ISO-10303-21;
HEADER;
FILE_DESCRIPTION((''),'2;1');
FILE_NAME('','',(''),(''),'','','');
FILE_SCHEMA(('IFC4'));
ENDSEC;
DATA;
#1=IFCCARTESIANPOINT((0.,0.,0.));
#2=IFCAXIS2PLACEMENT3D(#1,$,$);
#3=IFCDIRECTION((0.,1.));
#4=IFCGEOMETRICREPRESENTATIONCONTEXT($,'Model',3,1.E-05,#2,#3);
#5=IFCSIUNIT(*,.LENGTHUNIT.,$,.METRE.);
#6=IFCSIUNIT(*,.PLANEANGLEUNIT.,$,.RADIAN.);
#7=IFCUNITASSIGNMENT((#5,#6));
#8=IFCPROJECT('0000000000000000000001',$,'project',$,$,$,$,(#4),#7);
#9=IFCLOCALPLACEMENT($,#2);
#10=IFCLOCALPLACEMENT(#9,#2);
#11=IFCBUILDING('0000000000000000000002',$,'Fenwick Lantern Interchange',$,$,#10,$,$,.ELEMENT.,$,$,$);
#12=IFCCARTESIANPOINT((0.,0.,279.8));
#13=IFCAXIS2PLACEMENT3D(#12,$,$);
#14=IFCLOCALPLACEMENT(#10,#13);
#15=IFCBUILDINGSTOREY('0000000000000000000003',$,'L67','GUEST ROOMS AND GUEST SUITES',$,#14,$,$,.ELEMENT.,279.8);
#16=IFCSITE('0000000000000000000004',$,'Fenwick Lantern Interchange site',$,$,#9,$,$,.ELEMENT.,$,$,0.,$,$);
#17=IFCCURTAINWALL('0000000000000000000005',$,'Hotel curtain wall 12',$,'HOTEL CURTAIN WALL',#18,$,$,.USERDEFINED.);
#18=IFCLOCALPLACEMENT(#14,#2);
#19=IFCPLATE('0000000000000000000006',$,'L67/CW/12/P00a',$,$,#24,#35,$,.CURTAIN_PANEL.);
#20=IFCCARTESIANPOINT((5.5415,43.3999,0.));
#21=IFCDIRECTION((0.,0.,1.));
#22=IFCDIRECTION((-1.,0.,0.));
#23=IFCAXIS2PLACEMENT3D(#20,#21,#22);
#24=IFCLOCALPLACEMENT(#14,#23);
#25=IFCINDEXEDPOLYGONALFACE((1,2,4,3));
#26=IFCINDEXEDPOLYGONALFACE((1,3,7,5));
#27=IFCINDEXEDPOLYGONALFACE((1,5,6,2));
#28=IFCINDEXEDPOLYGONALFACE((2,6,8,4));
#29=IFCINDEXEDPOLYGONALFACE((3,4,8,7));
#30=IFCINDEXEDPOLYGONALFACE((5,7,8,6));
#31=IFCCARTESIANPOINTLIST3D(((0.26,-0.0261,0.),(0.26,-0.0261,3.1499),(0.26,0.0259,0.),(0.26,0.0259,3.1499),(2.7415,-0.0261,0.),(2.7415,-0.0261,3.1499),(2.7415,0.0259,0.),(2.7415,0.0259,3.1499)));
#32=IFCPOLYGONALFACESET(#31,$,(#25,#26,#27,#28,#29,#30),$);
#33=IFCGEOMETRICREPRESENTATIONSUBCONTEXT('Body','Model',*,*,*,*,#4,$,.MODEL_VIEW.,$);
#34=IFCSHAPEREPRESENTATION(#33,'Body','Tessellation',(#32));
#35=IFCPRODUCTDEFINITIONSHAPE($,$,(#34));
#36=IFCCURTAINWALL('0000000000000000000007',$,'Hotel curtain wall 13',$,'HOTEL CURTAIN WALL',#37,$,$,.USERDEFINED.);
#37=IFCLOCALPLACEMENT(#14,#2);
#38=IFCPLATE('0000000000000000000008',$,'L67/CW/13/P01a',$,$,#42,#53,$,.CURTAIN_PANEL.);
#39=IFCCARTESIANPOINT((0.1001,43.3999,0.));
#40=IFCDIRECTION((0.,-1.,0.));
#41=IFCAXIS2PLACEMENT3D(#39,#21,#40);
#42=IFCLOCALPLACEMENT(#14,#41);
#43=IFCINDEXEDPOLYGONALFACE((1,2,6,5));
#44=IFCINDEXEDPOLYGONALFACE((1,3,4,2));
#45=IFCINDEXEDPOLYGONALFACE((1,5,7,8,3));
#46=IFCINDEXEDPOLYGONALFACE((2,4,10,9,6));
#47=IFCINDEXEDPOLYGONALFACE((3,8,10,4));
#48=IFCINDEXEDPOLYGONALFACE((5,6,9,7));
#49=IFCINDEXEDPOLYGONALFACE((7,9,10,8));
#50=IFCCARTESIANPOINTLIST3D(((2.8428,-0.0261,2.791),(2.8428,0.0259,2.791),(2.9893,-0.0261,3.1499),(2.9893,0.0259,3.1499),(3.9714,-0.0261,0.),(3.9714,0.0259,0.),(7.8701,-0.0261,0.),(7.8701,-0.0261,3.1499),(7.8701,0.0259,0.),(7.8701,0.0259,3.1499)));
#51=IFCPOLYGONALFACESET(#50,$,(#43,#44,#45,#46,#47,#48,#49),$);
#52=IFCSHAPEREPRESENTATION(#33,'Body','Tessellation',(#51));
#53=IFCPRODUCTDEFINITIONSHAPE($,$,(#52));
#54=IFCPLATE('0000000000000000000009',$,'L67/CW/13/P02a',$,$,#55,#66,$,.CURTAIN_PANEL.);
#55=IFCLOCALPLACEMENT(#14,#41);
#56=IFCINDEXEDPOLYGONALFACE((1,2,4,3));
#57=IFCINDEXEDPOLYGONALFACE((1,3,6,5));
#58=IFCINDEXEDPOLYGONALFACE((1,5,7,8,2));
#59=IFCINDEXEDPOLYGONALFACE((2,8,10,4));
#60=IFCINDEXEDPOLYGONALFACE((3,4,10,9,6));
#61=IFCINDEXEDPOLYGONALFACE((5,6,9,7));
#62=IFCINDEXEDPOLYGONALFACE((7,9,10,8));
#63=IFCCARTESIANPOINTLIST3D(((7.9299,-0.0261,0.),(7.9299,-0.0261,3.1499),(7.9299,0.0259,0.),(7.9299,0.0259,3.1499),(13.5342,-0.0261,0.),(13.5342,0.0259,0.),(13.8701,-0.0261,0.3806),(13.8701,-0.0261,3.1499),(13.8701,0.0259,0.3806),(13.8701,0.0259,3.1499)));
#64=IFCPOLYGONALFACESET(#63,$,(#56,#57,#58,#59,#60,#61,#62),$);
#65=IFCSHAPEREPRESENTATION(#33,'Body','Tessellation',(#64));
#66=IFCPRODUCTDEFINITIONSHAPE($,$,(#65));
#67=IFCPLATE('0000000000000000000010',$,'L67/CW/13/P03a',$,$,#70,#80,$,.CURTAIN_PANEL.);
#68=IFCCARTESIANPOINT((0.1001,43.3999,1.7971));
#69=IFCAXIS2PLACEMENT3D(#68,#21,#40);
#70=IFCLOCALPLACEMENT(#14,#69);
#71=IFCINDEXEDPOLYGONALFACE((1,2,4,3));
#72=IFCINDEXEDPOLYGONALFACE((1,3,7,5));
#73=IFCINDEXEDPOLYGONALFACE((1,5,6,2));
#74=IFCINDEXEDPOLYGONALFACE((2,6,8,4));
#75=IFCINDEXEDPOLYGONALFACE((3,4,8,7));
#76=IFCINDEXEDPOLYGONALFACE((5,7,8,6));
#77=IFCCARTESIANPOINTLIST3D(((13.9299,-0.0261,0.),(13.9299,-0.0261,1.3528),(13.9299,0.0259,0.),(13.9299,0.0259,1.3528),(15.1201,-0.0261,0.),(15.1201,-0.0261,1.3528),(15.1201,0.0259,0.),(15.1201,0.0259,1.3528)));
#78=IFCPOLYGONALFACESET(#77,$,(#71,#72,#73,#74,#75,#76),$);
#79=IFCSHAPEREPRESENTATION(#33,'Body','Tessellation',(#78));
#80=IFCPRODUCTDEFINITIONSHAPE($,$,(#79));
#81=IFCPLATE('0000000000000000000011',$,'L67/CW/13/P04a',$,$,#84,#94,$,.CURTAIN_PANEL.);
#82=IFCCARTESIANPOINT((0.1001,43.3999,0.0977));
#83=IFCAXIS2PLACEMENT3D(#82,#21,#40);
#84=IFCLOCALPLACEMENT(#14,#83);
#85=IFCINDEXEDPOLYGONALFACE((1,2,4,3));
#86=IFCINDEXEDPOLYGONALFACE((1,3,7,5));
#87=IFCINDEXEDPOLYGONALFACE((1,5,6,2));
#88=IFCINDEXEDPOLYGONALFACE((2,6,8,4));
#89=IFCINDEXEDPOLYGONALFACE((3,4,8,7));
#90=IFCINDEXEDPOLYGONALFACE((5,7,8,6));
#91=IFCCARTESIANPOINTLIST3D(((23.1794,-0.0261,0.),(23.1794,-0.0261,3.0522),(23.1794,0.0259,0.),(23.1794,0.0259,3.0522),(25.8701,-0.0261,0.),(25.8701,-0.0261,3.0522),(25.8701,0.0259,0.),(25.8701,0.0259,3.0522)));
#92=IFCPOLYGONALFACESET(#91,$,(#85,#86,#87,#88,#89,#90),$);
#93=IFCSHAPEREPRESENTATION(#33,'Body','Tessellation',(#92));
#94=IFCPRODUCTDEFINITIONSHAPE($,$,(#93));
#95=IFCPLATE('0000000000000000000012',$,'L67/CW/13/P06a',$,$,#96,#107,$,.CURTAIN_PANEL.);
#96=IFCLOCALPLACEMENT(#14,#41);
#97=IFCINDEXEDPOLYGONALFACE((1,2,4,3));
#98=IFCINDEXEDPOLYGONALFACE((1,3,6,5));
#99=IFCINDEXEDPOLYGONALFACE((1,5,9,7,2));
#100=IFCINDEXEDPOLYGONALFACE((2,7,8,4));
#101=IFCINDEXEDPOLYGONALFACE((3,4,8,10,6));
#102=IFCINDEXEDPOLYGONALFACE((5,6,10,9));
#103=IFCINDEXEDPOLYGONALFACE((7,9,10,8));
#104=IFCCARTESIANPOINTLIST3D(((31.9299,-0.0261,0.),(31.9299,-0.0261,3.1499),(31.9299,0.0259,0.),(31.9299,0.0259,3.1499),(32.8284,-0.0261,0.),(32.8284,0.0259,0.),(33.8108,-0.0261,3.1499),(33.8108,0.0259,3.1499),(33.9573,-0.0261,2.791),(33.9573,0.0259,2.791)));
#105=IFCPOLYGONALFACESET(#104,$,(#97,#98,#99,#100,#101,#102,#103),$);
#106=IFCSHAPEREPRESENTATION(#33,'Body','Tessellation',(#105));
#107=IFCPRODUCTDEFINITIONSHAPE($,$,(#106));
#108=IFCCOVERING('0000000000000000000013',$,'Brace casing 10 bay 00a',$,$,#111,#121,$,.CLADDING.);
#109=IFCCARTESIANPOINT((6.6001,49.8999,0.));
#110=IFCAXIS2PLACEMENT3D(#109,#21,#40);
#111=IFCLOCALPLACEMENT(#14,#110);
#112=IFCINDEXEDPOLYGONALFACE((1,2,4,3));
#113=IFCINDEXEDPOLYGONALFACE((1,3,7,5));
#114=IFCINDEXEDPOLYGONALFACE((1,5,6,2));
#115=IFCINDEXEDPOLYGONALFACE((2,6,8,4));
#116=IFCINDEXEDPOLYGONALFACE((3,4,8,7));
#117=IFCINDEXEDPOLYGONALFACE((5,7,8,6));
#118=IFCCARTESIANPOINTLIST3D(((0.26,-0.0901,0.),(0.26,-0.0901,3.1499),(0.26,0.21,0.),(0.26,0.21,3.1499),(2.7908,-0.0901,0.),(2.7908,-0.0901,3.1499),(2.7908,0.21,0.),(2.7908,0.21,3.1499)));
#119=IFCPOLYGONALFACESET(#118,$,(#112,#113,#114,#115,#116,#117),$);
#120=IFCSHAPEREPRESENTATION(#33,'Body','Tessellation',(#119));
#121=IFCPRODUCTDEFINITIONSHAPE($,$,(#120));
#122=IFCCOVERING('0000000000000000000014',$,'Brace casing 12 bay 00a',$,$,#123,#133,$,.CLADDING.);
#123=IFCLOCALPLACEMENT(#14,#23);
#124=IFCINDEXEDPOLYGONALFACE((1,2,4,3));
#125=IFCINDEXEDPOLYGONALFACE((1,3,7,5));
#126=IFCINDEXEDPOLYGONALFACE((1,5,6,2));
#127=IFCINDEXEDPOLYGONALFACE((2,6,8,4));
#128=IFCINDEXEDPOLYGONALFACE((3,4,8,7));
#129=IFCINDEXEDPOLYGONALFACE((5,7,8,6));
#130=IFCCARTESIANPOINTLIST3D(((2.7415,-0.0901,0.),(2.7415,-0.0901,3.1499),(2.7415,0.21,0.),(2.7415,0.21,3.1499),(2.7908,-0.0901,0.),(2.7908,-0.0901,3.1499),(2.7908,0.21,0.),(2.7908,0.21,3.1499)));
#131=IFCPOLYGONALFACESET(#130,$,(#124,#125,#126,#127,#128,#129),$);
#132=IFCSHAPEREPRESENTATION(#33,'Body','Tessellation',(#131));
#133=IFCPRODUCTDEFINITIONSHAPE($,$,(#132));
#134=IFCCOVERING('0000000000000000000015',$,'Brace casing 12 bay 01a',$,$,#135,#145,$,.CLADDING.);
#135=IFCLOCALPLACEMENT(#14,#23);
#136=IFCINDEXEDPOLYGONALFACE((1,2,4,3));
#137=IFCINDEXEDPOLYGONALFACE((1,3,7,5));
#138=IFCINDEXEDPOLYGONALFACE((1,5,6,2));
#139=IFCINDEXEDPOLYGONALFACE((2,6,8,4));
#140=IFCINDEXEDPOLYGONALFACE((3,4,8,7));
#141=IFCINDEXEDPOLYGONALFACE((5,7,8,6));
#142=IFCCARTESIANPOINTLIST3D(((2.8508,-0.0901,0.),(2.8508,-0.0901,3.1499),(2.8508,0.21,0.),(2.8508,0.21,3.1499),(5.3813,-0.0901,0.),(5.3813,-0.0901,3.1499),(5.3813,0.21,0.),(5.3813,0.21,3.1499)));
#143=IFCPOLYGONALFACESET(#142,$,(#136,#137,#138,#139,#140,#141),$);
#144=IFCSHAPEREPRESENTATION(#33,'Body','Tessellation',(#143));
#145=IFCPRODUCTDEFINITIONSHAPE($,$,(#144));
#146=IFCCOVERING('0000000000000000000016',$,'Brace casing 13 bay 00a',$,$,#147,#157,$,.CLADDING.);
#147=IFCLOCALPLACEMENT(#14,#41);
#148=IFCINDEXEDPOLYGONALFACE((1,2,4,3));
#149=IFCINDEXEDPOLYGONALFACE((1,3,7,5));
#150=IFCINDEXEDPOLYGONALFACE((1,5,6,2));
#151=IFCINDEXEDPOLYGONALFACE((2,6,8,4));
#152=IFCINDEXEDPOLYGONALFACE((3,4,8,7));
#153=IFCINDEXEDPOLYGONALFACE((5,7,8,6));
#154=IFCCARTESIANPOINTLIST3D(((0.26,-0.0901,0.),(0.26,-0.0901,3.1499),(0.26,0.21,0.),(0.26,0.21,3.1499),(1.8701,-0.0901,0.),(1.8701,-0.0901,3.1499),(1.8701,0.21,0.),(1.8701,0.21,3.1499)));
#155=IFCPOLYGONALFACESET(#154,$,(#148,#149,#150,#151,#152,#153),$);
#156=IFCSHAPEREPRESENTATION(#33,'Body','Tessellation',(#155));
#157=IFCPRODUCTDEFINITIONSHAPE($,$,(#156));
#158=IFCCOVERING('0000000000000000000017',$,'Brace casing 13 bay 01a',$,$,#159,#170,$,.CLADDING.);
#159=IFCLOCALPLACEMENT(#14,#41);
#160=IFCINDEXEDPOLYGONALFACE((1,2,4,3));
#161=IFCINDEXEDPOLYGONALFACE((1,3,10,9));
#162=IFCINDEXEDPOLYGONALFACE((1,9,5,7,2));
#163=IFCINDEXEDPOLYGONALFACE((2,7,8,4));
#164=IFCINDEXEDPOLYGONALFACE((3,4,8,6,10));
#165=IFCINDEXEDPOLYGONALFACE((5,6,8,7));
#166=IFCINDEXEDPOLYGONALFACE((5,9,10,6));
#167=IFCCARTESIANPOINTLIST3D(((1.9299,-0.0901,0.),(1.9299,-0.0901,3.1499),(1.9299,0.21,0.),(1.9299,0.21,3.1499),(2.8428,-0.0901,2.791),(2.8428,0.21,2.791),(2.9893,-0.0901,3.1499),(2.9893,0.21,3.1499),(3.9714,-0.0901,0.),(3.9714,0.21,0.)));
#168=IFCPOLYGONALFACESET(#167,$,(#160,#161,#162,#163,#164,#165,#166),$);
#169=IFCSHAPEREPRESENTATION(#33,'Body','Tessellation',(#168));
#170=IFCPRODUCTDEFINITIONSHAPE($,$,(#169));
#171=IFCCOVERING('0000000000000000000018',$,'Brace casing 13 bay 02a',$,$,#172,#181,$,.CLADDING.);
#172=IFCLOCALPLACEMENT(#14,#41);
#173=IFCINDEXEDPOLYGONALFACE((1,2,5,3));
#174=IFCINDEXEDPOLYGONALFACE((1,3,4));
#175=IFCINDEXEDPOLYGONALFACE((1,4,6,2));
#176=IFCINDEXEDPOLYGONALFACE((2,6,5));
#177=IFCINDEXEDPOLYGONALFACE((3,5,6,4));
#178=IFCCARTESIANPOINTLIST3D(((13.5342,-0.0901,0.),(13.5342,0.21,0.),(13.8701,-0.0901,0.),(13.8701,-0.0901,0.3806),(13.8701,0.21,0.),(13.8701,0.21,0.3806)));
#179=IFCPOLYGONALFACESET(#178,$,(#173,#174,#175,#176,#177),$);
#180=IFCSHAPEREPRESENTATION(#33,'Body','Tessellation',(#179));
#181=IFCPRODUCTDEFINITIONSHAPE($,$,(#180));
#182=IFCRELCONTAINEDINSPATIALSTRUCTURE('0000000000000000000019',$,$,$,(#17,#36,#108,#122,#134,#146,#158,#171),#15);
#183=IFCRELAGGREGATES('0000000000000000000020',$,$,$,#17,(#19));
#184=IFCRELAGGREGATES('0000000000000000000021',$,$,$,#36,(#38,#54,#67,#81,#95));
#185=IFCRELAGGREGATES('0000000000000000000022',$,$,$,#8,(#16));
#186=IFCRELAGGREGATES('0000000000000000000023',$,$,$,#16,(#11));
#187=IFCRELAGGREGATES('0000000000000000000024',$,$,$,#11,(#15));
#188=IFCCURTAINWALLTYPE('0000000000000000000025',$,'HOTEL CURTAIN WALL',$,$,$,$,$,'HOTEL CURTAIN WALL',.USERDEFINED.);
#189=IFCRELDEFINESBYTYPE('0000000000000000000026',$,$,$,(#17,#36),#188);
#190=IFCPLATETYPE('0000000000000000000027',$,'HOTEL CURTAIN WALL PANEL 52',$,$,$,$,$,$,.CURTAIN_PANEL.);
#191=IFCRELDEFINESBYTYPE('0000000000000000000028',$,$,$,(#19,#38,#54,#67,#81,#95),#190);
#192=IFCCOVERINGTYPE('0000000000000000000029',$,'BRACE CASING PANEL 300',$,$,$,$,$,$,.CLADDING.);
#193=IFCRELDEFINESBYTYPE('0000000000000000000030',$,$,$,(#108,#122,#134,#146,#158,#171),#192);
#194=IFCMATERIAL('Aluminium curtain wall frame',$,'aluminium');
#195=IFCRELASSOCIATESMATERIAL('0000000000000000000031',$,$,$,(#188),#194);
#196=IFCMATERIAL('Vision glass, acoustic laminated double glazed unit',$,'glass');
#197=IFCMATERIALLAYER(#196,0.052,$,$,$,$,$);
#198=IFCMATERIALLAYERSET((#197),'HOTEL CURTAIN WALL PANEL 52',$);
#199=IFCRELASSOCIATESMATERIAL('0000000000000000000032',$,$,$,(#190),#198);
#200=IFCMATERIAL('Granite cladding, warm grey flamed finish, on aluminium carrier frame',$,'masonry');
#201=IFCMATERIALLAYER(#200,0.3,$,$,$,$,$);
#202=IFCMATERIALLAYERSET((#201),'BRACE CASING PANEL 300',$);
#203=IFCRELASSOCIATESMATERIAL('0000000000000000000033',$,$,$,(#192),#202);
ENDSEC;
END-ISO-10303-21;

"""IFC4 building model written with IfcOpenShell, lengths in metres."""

from ifc_helpers import new_model, si_unit, direction, frame, origin, place, context, subcontext, project, spatial, polyline, outline, extrude, material, layer, layer_set, type_object, element, aggregate, save


model = new_model("IFC4")

# Units and contexts
model_context = context("Model", 3, precision=1e-05, world=origin(), true_north=direction((0.0, 1.0)))
body_context = subcontext(model_context, "Body", "Model", "MODEL_VIEW")
ifc_project = project(units=[si_unit("LENGTHUNIT", "METRE"), si_unit("PLANEANGLEUNIT", "RADIAN")], contexts=[model_context])

# Site, building, storey
site_placement = place(None, origin())
site = spatial("IfcSite", under=ifc_project, at=site_placement, Name="Fenwick Lantern Interchange site", CompositionType="ELEMENT", RefElevation=0.0)
building_placement = place(site_placement, origin())
building = spatial("IfcBuilding", under=site, at=building_placement, Name="Fenwick Lantern Interchange", CompositionType="ELEMENT")
storey_placement = place(building_placement, frame((0.0, 0.0, 279.8)))
storey = spatial("IfcBuildingStorey", under=building, at=storey_placement, Name="L67", Description="GUEST ROOMS AND GUEST SUITES", CompositionType="ELEMENT", Elevation=279.8)

# Shared definitions
ifc_material_1 = material(Name="Aluminium curtain wall frame", Category="aluminium")
curtain_wall_type = type_object("IfcCurtainWallType", Name="HOTEL CURTAIN WALL", ElementType="HOTEL CURTAIN WALL", PredefinedType="USERDEFINED", material=ifc_material_1)

# Curtain wall
curtain_wall_1_placement = place(storey_placement, origin())
curtain_wall_1 = element("IfcCurtainWall", 1, at=curtain_wall_1_placement, inside=storey, type_object=curtain_wall_type, Name="Hotel curtain wall 12", ObjectType="HOTEL CURTAIN WALL", PredefinedType="USERDEFINED")

# Plate
ifc_material_2 = material(Name="Vision glass, acoustic laminated double glazed unit", Category="glass")
ifc_layer_1 = layer(ifc_material_2, 0.052)
ifc_layer_set_1 = layer_set([ifc_layer_1], Name="HOTEL CURTAIN WALL PANEL 52")
plate_type = type_object("IfcPlateType", Name="HOTEL CURTAIN WALL PANEL 52", PredefinedType="CURTAIN_PANEL", material=ifc_layer_set_1)
plate_1_placement = place(storey_placement, frame((5.5415, 43.3999, 0.0), z_axis=(0.0, 0.0, 1.0), x_axis=(-1.0, 0.0, 0.0)))
plate_1 = element("IfcPlate", 2, at=plate_1_placement, type_object=plate_type, Name="L67/CW/12/P00a", PredefinedType="CURTAIN_PANEL", context=body_context, shape_type="SweptSolid", body=[
    extrude(outline(polyline([(0.26, 0.0), (2.7415, 0.0), (2.7415, 3.1499), (0.26, 3.1499), (0.26, 0.0)])), frame((0.0, 0.0259, 0.0), z_axis=(0.0, -1.0, 0.0), x_axis=(1.0, 0.0, 0.0)), (0.0, 0.0, 1.0), 0.052),
])
aggregate(curtain_wall_1, [plate_1])

# Curtain wall, plates
curtain_wall_2_placement = place(storey_placement, origin())
curtain_wall_2 = element("IfcCurtainWall", 3, at=curtain_wall_2_placement, inside=storey, type_object=curtain_wall_type, Name="Hotel curtain wall 13", ObjectType="HOTEL CURTAIN WALL", PredefinedType="USERDEFINED")
plate_2_placement = place(storey_placement, frame((0.1001, 43.3999, 0.0), z_axis=(0.0, 0.0, 1.0), x_axis=(0.0, -1.0, 0.0)))
plate_2 = element("IfcPlate", 4, at=plate_2_placement, type_object=plate_type, Name="L67/CW/13/P01a", PredefinedType="CURTAIN_PANEL", context=body_context, shape_type="SweptSolid", body=[
    extrude(outline(polyline([(3.9714, 0.0), (7.8701, 0.0), (7.8701, 3.1499), (2.9893, 3.1499), (2.8428, 2.791), (3.9714, 0.0)])), frame((0.0, 0.0259, 0.0), z_axis=(0.0, -1.0, 0.0), x_axis=(1.0, 0.0, 0.0)), (0.0, 0.0, 1.0), 0.052),
])
plate_3_placement = place(storey_placement, frame((0.1001, 43.3999, 0.0), z_axis=(0.0, 0.0, 1.0), x_axis=(0.0, -1.0, 0.0)))
plate_3 = element("IfcPlate", 5, at=plate_3_placement, type_object=plate_type, Name="L67/CW/13/P02a", PredefinedType="CURTAIN_PANEL", context=body_context, shape_type="SweptSolid", body=[
    extrude(outline(polyline([(7.9299, 0.0), (13.5342, 0.0), (13.8701, 0.3806), (13.8701, 3.1499), (7.9299, 3.1499), (7.9299, 0.0)])), frame((0.0, 0.0259, 0.0), z_axis=(0.0, -1.0, 0.0), x_axis=(1.0, 0.0, 0.0)), (0.0, 0.0, 1.0), 0.052),
])
plate_4_placement = place(storey_placement, frame((0.1001, 43.3999, 1.7971), z_axis=(0.0, 0.0, 1.0), x_axis=(0.0, -1.0, 0.0)))
plate_4 = element("IfcPlate", 6, at=plate_4_placement, type_object=plate_type, Name="L67/CW/13/P03a", PredefinedType="CURTAIN_PANEL", context=body_context, shape_type="SweptSolid", body=[
    extrude(outline(polyline([(13.9299, 0.0), (15.1201, 0.0), (15.1201, 1.3528), (13.9299, 1.3528), (13.9299, 0.0)])), frame((0.0, 0.0259, 0.0), z_axis=(0.0, -1.0, 0.0), x_axis=(1.0, 0.0, 0.0)), (0.0, 0.0, 1.0), 0.052),
])
plate_5_placement = place(storey_placement, frame((0.1001, 43.3999, 0.0977), z_axis=(0.0, 0.0, 1.0), x_axis=(0.0, -1.0, 0.0)))
plate_5 = element("IfcPlate", 7, at=plate_5_placement, type_object=plate_type, Name="L67/CW/13/P04a", PredefinedType="CURTAIN_PANEL", context=body_context, shape_type="SweptSolid", body=[
    extrude(outline(polyline([(23.1794, 0.0), (25.8701, 0.0), (25.8701, 3.0522), (23.1794, 3.0522), (23.1794, 0.0)])), frame((0.0, 0.0259, 0.0), z_axis=(0.0, -1.0, 0.0), x_axis=(1.0, 0.0, 0.0)), (0.0, 0.0, 1.0), 0.052),
])
plate_6_placement = place(storey_placement, frame((0.1001, 43.3999, 0.0), z_axis=(0.0, 0.0, 1.0), x_axis=(0.0, -1.0, 0.0)))
plate_6 = element("IfcPlate", 8, at=plate_6_placement, type_object=plate_type, Name="L67/CW/13/P06a", PredefinedType="CURTAIN_PANEL", context=body_context, shape_type="SweptSolid", body=[
    extrude(outline(polyline([(31.9299, 0.0), (32.8284, 0.0), (33.9573, 2.791), (33.8108, 3.1499), (31.9299, 3.1499), (31.9299, 0.0)])), frame((0.0, 0.0259, 0.0), z_axis=(0.0, -1.0, 0.0), x_axis=(1.0, 0.0, 0.0)), (0.0, 0.0, 1.0), 0.052),
])
aggregate(curtain_wall_2, [plate_2, plate_3, plate_4, plate_5, plate_6])

# Coverings
ifc_material_3 = material(Name="Granite cladding, warm grey flamed finish, on aluminium carrier frame", Category="masonry")
ifc_layer_2 = layer(ifc_material_3, 0.3)
ifc_layer_set_2 = layer_set([ifc_layer_2], Name="BRACE CASING PANEL 300")
covering_type = type_object("IfcCoveringType", Name="BRACE CASING PANEL 300", PredefinedType="CLADDING", material=ifc_layer_set_2)
covering_1_placement = place(storey_placement, frame((6.6001, 49.8999, 0.0), z_axis=(0.0, 0.0, 1.0), x_axis=(0.0, -1.0, 0.0)))
element("IfcCovering", 9, at=covering_1_placement, inside=storey, type_object=covering_type, Name="Brace casing 10 bay 00a", PredefinedType="CLADDING", context=body_context, shape_type="SweptSolid", body=[
    extrude(outline(polyline([(0.26, 0.0), (2.7908, 0.0), (2.7908, 3.1499), (0.26, 3.1499), (0.26, 0.0)])), frame((0.0, 0.21, 0.0), z_axis=(0.0, -1.0, 0.0), x_axis=(1.0, 0.0, 0.0)), (0.0, 0.0, 1.0), 0.3),
])
covering_2_placement = place(storey_placement, frame((5.5415, 43.3999, 0.0), z_axis=(0.0, 0.0, 1.0), x_axis=(-1.0, 0.0, 0.0)))
element("IfcCovering", 10, at=covering_2_placement, inside=storey, type_object=covering_type, Name="Brace casing 12 bay 00a", PredefinedType="CLADDING", context=body_context, shape_type="SweptSolid", body=[
    extrude(outline(polyline([(2.7415, 0.0), (2.7908, 0.0), (2.7908, 3.1499), (2.7415, 3.1499), (2.7415, 0.0)])), frame((0.0, 0.21, 0.0), z_axis=(0.0, -1.0, 0.0), x_axis=(1.0, 0.0, 0.0)), (0.0, 0.0, 1.0), 0.3),
])
covering_3_placement = place(storey_placement, frame((5.5415, 43.3999, 0.0), z_axis=(0.0, 0.0, 1.0), x_axis=(-1.0, 0.0, 0.0)))
element("IfcCovering", 11, at=covering_3_placement, inside=storey, type_object=covering_type, Name="Brace casing 12 bay 01a", PredefinedType="CLADDING", context=body_context, shape_type="SweptSolid", body=[
    extrude(outline(polyline([(2.8508, 0.0), (5.3813, 0.0), (5.3813, 3.1499), (2.8508, 3.1499), (2.8508, 0.0)])), frame((0.0, 0.21, 0.0), z_axis=(0.0, -1.0, 0.0), x_axis=(1.0, 0.0, 0.0)), (0.0, 0.0, 1.0), 0.3),
])
covering_4_placement = place(storey_placement, frame((0.1001, 43.3999, 0.0), z_axis=(0.0, 0.0, 1.0), x_axis=(0.0, -1.0, 0.0)))
element("IfcCovering", 12, at=covering_4_placement, inside=storey, type_object=covering_type, Name="Brace casing 13 bay 00a", PredefinedType="CLADDING", context=body_context, shape_type="SweptSolid", body=[
    extrude(outline(polyline([(0.26, 0.0), (1.8701, 0.0), (1.8701, 3.1499), (0.26, 3.1499), (0.26, 0.0)])), frame((0.0, 0.21, 0.0), z_axis=(0.0, -1.0, 0.0), x_axis=(1.0, 0.0, 0.0)), (0.0, 0.0, 1.0), 0.3),
])
covering_5_placement = place(storey_placement, frame((0.1001, 43.3999, 0.0), z_axis=(0.0, 0.0, 1.0), x_axis=(0.0, -1.0, 0.0)))
element("IfcCovering", 13, at=covering_5_placement, inside=storey, type_object=covering_type, Name="Brace casing 13 bay 01a", PredefinedType="CLADDING", context=body_context, shape_type="SweptSolid", body=[
    extrude(outline(polyline([(1.9299, 0.0), (3.9714, 0.0), (2.8428, 2.791), (2.9893, 3.1499), (1.9299, 3.1499), (1.9299, 0.0)])), frame((0.0, 0.21, 0.0), z_axis=(0.0, -1.0, 0.0), x_axis=(1.0, 0.0, 0.0)), (0.0, 0.0, 1.0), 0.3),
])
covering_6_placement = place(storey_placement, frame((0.1001, 43.3999, 0.0), z_axis=(0.0, 0.0, 1.0), x_axis=(0.0, -1.0, 0.0)))
element("IfcCovering", 14, at=covering_6_placement, inside=storey, type_object=covering_type, Name="Brace casing 13 bay 02a", PredefinedType="CLADDING", context=body_context, shape_type="SweptSolid", body=[
    extrude(outline(polyline([(13.5342, 0.0), (13.8701, 0.0), (13.8701, 0.3806), (13.5342, 0.0)])), frame((0.0, 0.21, 0.0), z_axis=(0.0, -1.0, 0.0), x_axis=(1.0, 0.0, 0.0)), (0.0, 0.0, 1.0), 0.3),
])

save(model, "model.ifc")
